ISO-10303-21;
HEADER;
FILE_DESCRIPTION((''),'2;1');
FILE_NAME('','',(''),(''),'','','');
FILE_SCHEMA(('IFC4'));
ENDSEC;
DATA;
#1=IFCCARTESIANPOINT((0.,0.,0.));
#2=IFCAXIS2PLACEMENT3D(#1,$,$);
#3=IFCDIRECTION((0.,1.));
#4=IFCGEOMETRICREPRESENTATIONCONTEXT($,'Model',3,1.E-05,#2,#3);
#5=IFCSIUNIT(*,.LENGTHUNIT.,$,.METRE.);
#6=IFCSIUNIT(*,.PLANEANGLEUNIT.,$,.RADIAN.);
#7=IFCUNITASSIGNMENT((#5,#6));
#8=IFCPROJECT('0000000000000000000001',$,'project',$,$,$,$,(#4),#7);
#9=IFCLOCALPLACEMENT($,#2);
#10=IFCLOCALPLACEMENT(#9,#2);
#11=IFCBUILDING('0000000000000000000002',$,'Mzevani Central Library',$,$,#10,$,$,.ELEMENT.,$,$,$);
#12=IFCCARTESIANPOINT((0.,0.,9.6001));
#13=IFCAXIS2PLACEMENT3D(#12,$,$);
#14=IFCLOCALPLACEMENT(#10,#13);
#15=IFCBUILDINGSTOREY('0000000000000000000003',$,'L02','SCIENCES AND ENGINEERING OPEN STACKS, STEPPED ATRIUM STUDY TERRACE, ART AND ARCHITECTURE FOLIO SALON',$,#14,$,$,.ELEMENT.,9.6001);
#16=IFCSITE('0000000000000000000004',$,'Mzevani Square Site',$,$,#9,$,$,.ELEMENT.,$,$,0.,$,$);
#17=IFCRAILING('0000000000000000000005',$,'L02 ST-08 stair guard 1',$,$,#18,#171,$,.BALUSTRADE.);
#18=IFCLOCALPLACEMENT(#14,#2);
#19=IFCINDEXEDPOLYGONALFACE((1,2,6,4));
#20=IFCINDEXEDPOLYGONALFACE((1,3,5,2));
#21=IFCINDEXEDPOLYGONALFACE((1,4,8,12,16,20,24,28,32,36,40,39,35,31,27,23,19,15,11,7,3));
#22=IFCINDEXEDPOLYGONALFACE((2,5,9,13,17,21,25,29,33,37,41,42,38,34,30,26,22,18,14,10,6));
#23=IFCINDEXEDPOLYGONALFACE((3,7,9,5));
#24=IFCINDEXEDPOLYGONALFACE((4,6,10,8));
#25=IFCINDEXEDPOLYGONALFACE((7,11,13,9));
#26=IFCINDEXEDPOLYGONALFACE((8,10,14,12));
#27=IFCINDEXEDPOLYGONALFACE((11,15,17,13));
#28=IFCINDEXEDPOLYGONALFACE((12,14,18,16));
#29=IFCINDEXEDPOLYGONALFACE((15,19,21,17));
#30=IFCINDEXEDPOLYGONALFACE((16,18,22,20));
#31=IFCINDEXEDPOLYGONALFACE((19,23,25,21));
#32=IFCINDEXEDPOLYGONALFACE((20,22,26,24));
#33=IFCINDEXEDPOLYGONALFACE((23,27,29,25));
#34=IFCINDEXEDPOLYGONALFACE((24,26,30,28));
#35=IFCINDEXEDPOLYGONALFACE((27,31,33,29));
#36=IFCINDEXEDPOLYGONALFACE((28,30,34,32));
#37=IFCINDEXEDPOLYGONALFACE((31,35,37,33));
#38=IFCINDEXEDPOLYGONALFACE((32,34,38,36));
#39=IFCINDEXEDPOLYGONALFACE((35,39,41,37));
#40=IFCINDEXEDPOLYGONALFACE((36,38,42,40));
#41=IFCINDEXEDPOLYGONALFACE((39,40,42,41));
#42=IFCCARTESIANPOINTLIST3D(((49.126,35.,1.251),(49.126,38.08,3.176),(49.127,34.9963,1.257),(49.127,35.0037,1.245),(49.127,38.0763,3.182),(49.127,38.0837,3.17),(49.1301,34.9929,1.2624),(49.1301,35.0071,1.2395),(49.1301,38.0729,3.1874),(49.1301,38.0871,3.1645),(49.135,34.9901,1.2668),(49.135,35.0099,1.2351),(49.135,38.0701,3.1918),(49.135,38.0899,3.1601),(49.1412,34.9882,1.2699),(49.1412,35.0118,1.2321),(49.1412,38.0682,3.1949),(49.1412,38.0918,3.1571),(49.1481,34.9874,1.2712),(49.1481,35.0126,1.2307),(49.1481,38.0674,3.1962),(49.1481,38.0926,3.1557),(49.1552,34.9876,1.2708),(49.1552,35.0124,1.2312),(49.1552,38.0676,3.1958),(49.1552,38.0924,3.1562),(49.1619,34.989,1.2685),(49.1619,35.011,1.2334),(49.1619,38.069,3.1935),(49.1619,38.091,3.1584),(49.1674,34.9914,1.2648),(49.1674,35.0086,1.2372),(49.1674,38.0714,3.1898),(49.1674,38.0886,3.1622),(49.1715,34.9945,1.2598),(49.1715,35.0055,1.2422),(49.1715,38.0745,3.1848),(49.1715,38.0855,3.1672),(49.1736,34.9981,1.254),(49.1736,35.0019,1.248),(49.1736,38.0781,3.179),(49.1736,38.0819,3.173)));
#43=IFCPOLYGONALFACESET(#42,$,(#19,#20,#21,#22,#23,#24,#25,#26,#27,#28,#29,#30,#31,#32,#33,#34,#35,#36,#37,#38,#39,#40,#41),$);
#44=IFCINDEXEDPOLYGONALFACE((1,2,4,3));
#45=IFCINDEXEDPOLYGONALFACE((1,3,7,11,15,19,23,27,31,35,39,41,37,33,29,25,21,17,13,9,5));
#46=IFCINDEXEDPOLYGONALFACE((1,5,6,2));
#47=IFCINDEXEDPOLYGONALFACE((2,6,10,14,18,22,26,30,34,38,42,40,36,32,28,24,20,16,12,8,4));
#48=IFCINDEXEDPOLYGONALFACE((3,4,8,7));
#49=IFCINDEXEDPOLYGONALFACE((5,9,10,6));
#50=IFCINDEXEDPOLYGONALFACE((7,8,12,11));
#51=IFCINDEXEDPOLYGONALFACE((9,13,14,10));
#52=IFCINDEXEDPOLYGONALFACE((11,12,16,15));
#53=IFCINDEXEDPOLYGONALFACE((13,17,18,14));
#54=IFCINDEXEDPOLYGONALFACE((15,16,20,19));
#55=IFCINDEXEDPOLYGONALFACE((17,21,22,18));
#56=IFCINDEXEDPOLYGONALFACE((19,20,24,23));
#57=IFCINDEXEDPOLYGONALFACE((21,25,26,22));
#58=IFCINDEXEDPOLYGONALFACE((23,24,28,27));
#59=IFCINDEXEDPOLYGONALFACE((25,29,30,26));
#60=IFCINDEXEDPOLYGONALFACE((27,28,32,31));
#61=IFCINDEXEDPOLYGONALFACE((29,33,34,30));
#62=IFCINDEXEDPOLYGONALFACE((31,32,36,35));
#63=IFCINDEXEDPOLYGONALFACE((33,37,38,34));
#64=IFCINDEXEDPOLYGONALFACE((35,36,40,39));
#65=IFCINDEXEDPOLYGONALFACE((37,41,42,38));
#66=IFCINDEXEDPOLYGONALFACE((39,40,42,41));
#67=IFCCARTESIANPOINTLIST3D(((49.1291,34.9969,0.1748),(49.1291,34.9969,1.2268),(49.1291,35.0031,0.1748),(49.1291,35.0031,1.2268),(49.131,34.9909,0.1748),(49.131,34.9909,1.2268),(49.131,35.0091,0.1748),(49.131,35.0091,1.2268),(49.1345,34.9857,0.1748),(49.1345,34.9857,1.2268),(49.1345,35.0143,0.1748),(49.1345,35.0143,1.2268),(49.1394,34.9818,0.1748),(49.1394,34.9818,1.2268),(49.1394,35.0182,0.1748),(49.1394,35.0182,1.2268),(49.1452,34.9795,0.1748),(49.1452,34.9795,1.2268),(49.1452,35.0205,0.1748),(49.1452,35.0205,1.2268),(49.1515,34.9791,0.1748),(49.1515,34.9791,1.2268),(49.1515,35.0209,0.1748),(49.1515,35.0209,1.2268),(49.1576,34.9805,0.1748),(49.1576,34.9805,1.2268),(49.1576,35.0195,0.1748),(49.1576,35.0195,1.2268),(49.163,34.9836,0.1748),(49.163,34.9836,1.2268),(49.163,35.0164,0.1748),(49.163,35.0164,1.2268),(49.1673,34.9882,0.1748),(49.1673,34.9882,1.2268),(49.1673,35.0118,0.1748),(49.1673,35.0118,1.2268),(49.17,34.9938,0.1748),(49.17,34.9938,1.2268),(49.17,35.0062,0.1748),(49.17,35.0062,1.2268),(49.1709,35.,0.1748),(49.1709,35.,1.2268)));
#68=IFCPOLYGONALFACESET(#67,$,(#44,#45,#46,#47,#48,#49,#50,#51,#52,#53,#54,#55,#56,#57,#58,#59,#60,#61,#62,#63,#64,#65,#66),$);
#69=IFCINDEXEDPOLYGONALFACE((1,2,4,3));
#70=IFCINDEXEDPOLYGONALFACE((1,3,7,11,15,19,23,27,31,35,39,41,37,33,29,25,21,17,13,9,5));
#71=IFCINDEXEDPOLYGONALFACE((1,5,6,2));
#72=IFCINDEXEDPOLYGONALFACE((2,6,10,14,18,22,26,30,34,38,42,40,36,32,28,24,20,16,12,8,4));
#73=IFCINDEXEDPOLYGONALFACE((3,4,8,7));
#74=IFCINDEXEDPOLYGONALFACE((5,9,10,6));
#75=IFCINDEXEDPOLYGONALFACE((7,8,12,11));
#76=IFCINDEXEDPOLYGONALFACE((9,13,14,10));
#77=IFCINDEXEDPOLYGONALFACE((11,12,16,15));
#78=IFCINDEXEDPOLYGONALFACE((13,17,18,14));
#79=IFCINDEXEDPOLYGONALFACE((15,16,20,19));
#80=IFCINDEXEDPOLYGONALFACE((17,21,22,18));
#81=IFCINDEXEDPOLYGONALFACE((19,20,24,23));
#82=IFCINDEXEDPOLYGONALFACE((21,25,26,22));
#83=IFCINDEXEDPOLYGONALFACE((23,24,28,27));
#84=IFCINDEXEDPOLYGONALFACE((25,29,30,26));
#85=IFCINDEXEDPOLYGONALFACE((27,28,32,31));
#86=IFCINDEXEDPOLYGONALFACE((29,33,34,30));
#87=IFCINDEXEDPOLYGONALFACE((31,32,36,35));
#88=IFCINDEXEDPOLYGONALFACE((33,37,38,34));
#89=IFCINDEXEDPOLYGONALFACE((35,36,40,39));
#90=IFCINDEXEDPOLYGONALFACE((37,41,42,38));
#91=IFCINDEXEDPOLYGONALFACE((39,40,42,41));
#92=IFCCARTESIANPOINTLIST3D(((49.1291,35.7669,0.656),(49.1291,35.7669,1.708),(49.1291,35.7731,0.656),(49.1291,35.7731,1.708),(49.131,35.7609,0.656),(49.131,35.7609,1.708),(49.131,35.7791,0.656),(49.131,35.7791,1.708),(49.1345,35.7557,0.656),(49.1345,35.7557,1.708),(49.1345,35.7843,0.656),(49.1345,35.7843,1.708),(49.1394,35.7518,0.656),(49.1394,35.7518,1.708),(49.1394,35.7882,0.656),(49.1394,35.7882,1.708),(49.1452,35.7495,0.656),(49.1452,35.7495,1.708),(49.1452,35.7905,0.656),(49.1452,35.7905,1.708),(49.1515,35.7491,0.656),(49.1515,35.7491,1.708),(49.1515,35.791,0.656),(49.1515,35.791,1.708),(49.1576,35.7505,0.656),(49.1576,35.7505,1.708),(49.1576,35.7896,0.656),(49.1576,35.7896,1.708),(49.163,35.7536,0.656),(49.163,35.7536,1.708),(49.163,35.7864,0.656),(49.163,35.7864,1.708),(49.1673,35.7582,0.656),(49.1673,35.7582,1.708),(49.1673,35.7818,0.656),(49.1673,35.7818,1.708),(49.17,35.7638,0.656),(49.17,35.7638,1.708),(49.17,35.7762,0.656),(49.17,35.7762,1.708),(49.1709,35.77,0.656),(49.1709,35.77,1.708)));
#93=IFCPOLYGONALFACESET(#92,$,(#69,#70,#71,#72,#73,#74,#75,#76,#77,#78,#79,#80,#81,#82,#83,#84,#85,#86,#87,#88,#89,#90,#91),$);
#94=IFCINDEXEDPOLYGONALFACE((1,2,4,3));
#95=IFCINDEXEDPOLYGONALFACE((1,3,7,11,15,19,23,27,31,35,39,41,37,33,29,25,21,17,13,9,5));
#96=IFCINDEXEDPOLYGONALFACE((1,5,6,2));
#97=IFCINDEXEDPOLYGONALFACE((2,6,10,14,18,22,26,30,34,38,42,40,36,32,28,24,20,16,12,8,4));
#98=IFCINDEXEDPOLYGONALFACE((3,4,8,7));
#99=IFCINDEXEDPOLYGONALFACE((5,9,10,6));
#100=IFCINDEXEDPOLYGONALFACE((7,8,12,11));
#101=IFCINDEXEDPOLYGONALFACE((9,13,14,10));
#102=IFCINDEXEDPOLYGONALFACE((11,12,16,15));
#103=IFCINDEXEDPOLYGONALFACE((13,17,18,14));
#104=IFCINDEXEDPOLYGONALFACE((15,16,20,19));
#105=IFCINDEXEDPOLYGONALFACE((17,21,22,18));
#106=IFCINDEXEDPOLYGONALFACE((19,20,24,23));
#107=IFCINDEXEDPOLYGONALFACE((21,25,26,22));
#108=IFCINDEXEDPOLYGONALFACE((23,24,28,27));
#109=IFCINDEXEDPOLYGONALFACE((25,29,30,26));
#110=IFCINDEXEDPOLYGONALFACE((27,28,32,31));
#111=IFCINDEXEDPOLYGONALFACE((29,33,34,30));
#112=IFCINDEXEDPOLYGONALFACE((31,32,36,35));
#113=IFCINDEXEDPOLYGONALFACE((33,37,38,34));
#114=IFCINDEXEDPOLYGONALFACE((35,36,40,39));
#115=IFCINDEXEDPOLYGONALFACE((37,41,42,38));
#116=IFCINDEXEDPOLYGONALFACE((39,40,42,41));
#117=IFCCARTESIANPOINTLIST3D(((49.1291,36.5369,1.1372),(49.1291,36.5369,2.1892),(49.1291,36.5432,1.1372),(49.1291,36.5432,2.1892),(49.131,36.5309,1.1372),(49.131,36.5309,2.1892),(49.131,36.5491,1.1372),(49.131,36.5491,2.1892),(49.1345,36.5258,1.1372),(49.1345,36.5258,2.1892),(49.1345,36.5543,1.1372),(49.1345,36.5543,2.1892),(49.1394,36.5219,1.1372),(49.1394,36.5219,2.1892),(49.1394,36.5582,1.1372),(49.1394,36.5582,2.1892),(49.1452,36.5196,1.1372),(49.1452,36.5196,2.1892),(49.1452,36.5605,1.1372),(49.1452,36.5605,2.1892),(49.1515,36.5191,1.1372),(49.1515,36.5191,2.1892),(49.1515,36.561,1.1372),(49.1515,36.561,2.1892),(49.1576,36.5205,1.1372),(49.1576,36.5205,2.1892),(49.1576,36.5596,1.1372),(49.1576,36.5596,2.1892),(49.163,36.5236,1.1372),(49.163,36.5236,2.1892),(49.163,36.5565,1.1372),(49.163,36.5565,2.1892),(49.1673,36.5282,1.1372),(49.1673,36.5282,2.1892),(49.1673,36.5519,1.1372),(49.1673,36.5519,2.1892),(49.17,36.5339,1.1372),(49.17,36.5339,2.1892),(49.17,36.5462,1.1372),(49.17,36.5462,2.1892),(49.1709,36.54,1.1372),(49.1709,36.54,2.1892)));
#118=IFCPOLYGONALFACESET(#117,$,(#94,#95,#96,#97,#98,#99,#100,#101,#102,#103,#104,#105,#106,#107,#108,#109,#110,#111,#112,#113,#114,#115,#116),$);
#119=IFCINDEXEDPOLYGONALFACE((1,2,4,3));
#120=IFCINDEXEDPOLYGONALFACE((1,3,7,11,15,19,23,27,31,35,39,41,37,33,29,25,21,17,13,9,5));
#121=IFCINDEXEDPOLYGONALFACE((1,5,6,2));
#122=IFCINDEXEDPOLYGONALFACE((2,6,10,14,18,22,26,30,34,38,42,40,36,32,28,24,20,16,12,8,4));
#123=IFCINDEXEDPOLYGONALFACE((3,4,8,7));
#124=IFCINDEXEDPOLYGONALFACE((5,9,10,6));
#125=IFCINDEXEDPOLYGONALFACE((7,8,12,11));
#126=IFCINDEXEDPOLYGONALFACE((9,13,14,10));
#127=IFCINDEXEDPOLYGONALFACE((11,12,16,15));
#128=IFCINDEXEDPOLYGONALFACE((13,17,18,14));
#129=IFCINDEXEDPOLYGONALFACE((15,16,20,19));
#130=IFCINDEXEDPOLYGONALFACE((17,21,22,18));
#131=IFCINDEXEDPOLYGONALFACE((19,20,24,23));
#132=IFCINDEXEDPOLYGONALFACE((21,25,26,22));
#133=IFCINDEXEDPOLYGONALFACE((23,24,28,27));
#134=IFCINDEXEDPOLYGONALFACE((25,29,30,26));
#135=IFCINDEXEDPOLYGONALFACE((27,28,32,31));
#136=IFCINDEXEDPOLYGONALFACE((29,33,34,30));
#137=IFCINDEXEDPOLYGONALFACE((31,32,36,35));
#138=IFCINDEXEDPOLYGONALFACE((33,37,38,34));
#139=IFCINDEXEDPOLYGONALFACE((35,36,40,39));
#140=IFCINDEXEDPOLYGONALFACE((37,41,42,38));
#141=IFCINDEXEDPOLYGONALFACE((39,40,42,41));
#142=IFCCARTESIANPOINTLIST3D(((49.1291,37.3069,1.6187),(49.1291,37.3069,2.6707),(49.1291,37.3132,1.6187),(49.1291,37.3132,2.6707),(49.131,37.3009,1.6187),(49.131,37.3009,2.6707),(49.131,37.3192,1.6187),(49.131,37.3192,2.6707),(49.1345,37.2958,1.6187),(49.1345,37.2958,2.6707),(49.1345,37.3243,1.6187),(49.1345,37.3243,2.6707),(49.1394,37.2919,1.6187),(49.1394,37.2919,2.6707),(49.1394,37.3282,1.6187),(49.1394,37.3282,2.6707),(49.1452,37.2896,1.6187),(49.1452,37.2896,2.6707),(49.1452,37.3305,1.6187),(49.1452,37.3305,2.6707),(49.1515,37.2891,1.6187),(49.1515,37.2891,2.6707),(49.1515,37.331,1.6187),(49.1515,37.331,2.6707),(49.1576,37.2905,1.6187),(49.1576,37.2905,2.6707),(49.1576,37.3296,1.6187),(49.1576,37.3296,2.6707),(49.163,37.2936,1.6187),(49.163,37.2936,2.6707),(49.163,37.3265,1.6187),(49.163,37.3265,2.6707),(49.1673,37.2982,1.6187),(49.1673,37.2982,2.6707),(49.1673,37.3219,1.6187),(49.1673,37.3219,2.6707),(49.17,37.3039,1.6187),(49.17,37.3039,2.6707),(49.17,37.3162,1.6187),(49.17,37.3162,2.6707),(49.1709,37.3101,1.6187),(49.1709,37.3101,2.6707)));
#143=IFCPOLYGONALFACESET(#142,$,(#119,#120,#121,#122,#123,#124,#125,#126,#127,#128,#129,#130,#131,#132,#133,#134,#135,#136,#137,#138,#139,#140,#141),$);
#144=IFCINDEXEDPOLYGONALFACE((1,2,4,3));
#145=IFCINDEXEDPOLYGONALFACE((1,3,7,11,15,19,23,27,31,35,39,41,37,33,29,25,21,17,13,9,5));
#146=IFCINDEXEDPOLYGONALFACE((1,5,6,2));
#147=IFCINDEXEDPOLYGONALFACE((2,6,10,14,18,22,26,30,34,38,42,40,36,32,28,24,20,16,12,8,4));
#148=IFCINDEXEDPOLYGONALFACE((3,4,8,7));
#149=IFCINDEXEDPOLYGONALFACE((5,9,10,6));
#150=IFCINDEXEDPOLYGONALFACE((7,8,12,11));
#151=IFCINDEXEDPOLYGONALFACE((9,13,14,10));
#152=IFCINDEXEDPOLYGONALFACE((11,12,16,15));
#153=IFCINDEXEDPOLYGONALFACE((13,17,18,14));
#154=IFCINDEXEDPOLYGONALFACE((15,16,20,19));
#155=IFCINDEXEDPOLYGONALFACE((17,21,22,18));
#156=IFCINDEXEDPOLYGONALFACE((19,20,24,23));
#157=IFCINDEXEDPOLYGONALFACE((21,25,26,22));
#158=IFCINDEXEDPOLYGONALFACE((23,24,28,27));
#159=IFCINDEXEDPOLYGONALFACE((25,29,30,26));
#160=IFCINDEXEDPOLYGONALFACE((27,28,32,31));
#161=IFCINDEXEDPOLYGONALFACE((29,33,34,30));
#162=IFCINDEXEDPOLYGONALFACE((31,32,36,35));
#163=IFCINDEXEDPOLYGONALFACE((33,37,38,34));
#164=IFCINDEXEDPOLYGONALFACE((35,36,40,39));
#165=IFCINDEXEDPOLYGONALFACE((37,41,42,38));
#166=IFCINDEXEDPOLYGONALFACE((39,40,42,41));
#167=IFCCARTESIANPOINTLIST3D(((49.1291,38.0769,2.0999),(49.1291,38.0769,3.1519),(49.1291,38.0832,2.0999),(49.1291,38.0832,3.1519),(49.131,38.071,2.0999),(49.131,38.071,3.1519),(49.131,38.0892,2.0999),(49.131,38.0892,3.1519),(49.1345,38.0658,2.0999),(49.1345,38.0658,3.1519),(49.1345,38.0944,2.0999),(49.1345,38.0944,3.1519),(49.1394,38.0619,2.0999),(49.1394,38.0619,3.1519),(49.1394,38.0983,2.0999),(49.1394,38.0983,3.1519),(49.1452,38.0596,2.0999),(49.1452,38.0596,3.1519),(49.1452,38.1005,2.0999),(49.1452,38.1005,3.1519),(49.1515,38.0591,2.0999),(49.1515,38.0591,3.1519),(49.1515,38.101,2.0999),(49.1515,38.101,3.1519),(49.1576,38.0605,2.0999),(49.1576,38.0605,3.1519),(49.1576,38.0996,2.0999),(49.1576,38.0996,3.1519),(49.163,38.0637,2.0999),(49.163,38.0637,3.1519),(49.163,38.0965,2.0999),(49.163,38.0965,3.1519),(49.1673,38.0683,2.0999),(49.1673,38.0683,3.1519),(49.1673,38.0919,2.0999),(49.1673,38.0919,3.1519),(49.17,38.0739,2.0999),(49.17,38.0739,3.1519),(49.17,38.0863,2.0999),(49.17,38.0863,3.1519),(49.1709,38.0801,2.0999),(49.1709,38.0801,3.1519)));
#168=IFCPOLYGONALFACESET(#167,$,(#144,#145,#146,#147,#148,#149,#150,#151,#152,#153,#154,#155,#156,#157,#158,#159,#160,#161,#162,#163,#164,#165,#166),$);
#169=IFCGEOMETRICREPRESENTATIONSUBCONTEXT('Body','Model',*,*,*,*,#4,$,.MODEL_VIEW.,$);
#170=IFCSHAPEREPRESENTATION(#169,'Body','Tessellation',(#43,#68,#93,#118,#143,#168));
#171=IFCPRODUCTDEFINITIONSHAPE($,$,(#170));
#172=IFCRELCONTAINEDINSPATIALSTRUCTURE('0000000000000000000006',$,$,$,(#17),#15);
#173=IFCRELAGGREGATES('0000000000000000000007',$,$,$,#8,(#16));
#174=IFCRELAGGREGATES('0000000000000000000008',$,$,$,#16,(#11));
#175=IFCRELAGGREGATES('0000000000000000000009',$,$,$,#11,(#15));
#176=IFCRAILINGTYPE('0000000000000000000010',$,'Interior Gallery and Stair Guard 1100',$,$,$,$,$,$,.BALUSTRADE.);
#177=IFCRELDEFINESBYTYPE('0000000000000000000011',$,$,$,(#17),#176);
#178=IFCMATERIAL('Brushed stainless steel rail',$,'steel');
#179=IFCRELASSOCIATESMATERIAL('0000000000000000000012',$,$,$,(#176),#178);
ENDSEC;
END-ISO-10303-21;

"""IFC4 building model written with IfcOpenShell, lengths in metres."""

from ifc_helpers import new_model, si_unit, direction, frame, origin, origin_2d, place, context, subcontext, project, spatial, circle, extrude, material, type_object, element, save


model = new_model("IFC4")

# Units and contexts
model_context = context("Model", 3, precision=1e-05, world=origin(), true_north=direction((0.0, 1.0)))
body_context = subcontext(model_context, "Body", "Model", "MODEL_VIEW")
ifc_project = project(units=[si_unit("LENGTHUNIT", "METRE"), si_unit("PLANEANGLEUNIT", "RADIAN")], contexts=[model_context])

# Site, building, storey
site_placement = place(None, origin())
site = spatial("IfcSite", under=ifc_project, at=site_placement, Name="Mzevani Square Site", CompositionType="ELEMENT", RefElevation=0.0)
building_placement = place(site_placement, origin())
building = spatial("IfcBuilding", under=site, at=building_placement, Name="Mzevani Central Library", CompositionType="ELEMENT")
storey_placement = place(building_placement, frame((0.0, 0.0, 9.6001)))
storey = spatial("IfcBuildingStorey", under=building, at=storey_placement, Name="L02", Description="SCIENCES AND ENGINEERING OPEN STACKS, STEPPED ATRIUM STUDY TERRACE, ART AND ARCHITECTURE FOLIO SALON", CompositionType="ELEMENT", Elevation=9.6001)

# Railing
ifc_material_1 = material(Name="Brushed stainless steel rail", Category="steel")
railing_type_1 = type_object("IfcRailingType", Name="Interior Gallery and Stair Guard 1100", PredefinedType="BALUSTRADE", material=ifc_material_1)
railing_1_placement = place(storey_placement, frame((49.1499, 35.0, 0.1748)))
element("IfcRailing", 1, at=railing_1_placement, inside=storey, type_object=railing_type_1, Name="L02 ST-08 stair guard 1", PredefinedType="BALUSTRADE", context=body_context, shape_type="SweptSolid", body=[
    extrude(circle(Radius=0.0239, at=origin_2d()), frame((0.0, 0.0, 1.0762), z_axis=(0.0, 0.847998, 0.529999), x_axis=(-1.0, 0.0, 0.0)), (0.0, 0.0, 1.0), 3.6321),
    extrude(circle(Radius=0.021, at=origin_2d()), origin(), (0.0, 0.0, 1.0), 1.052),
    extrude(circle(Radius=0.021, at=origin_2d()), frame((0.0, 0.77, 0.4812)), (0.0, 0.0, 1.0), 1.052),
    extrude(circle(Radius=0.021, at=origin_2d()), frame((0.0, 1.54, 0.9624)), (0.0, 0.0, 1.0), 1.052),
    extrude(circle(Radius=0.021, at=origin_2d()), frame((0.0, 2.3101, 1.4438)), (0.0, 0.0, 1.0), 1.052),
    extrude(circle(Radius=0.021, at=origin_2d()), frame((0.0, 3.0801, 1.925)), (0.0, 0.0, 1.0), 1.052),
])

save(model, "model.ifc")
